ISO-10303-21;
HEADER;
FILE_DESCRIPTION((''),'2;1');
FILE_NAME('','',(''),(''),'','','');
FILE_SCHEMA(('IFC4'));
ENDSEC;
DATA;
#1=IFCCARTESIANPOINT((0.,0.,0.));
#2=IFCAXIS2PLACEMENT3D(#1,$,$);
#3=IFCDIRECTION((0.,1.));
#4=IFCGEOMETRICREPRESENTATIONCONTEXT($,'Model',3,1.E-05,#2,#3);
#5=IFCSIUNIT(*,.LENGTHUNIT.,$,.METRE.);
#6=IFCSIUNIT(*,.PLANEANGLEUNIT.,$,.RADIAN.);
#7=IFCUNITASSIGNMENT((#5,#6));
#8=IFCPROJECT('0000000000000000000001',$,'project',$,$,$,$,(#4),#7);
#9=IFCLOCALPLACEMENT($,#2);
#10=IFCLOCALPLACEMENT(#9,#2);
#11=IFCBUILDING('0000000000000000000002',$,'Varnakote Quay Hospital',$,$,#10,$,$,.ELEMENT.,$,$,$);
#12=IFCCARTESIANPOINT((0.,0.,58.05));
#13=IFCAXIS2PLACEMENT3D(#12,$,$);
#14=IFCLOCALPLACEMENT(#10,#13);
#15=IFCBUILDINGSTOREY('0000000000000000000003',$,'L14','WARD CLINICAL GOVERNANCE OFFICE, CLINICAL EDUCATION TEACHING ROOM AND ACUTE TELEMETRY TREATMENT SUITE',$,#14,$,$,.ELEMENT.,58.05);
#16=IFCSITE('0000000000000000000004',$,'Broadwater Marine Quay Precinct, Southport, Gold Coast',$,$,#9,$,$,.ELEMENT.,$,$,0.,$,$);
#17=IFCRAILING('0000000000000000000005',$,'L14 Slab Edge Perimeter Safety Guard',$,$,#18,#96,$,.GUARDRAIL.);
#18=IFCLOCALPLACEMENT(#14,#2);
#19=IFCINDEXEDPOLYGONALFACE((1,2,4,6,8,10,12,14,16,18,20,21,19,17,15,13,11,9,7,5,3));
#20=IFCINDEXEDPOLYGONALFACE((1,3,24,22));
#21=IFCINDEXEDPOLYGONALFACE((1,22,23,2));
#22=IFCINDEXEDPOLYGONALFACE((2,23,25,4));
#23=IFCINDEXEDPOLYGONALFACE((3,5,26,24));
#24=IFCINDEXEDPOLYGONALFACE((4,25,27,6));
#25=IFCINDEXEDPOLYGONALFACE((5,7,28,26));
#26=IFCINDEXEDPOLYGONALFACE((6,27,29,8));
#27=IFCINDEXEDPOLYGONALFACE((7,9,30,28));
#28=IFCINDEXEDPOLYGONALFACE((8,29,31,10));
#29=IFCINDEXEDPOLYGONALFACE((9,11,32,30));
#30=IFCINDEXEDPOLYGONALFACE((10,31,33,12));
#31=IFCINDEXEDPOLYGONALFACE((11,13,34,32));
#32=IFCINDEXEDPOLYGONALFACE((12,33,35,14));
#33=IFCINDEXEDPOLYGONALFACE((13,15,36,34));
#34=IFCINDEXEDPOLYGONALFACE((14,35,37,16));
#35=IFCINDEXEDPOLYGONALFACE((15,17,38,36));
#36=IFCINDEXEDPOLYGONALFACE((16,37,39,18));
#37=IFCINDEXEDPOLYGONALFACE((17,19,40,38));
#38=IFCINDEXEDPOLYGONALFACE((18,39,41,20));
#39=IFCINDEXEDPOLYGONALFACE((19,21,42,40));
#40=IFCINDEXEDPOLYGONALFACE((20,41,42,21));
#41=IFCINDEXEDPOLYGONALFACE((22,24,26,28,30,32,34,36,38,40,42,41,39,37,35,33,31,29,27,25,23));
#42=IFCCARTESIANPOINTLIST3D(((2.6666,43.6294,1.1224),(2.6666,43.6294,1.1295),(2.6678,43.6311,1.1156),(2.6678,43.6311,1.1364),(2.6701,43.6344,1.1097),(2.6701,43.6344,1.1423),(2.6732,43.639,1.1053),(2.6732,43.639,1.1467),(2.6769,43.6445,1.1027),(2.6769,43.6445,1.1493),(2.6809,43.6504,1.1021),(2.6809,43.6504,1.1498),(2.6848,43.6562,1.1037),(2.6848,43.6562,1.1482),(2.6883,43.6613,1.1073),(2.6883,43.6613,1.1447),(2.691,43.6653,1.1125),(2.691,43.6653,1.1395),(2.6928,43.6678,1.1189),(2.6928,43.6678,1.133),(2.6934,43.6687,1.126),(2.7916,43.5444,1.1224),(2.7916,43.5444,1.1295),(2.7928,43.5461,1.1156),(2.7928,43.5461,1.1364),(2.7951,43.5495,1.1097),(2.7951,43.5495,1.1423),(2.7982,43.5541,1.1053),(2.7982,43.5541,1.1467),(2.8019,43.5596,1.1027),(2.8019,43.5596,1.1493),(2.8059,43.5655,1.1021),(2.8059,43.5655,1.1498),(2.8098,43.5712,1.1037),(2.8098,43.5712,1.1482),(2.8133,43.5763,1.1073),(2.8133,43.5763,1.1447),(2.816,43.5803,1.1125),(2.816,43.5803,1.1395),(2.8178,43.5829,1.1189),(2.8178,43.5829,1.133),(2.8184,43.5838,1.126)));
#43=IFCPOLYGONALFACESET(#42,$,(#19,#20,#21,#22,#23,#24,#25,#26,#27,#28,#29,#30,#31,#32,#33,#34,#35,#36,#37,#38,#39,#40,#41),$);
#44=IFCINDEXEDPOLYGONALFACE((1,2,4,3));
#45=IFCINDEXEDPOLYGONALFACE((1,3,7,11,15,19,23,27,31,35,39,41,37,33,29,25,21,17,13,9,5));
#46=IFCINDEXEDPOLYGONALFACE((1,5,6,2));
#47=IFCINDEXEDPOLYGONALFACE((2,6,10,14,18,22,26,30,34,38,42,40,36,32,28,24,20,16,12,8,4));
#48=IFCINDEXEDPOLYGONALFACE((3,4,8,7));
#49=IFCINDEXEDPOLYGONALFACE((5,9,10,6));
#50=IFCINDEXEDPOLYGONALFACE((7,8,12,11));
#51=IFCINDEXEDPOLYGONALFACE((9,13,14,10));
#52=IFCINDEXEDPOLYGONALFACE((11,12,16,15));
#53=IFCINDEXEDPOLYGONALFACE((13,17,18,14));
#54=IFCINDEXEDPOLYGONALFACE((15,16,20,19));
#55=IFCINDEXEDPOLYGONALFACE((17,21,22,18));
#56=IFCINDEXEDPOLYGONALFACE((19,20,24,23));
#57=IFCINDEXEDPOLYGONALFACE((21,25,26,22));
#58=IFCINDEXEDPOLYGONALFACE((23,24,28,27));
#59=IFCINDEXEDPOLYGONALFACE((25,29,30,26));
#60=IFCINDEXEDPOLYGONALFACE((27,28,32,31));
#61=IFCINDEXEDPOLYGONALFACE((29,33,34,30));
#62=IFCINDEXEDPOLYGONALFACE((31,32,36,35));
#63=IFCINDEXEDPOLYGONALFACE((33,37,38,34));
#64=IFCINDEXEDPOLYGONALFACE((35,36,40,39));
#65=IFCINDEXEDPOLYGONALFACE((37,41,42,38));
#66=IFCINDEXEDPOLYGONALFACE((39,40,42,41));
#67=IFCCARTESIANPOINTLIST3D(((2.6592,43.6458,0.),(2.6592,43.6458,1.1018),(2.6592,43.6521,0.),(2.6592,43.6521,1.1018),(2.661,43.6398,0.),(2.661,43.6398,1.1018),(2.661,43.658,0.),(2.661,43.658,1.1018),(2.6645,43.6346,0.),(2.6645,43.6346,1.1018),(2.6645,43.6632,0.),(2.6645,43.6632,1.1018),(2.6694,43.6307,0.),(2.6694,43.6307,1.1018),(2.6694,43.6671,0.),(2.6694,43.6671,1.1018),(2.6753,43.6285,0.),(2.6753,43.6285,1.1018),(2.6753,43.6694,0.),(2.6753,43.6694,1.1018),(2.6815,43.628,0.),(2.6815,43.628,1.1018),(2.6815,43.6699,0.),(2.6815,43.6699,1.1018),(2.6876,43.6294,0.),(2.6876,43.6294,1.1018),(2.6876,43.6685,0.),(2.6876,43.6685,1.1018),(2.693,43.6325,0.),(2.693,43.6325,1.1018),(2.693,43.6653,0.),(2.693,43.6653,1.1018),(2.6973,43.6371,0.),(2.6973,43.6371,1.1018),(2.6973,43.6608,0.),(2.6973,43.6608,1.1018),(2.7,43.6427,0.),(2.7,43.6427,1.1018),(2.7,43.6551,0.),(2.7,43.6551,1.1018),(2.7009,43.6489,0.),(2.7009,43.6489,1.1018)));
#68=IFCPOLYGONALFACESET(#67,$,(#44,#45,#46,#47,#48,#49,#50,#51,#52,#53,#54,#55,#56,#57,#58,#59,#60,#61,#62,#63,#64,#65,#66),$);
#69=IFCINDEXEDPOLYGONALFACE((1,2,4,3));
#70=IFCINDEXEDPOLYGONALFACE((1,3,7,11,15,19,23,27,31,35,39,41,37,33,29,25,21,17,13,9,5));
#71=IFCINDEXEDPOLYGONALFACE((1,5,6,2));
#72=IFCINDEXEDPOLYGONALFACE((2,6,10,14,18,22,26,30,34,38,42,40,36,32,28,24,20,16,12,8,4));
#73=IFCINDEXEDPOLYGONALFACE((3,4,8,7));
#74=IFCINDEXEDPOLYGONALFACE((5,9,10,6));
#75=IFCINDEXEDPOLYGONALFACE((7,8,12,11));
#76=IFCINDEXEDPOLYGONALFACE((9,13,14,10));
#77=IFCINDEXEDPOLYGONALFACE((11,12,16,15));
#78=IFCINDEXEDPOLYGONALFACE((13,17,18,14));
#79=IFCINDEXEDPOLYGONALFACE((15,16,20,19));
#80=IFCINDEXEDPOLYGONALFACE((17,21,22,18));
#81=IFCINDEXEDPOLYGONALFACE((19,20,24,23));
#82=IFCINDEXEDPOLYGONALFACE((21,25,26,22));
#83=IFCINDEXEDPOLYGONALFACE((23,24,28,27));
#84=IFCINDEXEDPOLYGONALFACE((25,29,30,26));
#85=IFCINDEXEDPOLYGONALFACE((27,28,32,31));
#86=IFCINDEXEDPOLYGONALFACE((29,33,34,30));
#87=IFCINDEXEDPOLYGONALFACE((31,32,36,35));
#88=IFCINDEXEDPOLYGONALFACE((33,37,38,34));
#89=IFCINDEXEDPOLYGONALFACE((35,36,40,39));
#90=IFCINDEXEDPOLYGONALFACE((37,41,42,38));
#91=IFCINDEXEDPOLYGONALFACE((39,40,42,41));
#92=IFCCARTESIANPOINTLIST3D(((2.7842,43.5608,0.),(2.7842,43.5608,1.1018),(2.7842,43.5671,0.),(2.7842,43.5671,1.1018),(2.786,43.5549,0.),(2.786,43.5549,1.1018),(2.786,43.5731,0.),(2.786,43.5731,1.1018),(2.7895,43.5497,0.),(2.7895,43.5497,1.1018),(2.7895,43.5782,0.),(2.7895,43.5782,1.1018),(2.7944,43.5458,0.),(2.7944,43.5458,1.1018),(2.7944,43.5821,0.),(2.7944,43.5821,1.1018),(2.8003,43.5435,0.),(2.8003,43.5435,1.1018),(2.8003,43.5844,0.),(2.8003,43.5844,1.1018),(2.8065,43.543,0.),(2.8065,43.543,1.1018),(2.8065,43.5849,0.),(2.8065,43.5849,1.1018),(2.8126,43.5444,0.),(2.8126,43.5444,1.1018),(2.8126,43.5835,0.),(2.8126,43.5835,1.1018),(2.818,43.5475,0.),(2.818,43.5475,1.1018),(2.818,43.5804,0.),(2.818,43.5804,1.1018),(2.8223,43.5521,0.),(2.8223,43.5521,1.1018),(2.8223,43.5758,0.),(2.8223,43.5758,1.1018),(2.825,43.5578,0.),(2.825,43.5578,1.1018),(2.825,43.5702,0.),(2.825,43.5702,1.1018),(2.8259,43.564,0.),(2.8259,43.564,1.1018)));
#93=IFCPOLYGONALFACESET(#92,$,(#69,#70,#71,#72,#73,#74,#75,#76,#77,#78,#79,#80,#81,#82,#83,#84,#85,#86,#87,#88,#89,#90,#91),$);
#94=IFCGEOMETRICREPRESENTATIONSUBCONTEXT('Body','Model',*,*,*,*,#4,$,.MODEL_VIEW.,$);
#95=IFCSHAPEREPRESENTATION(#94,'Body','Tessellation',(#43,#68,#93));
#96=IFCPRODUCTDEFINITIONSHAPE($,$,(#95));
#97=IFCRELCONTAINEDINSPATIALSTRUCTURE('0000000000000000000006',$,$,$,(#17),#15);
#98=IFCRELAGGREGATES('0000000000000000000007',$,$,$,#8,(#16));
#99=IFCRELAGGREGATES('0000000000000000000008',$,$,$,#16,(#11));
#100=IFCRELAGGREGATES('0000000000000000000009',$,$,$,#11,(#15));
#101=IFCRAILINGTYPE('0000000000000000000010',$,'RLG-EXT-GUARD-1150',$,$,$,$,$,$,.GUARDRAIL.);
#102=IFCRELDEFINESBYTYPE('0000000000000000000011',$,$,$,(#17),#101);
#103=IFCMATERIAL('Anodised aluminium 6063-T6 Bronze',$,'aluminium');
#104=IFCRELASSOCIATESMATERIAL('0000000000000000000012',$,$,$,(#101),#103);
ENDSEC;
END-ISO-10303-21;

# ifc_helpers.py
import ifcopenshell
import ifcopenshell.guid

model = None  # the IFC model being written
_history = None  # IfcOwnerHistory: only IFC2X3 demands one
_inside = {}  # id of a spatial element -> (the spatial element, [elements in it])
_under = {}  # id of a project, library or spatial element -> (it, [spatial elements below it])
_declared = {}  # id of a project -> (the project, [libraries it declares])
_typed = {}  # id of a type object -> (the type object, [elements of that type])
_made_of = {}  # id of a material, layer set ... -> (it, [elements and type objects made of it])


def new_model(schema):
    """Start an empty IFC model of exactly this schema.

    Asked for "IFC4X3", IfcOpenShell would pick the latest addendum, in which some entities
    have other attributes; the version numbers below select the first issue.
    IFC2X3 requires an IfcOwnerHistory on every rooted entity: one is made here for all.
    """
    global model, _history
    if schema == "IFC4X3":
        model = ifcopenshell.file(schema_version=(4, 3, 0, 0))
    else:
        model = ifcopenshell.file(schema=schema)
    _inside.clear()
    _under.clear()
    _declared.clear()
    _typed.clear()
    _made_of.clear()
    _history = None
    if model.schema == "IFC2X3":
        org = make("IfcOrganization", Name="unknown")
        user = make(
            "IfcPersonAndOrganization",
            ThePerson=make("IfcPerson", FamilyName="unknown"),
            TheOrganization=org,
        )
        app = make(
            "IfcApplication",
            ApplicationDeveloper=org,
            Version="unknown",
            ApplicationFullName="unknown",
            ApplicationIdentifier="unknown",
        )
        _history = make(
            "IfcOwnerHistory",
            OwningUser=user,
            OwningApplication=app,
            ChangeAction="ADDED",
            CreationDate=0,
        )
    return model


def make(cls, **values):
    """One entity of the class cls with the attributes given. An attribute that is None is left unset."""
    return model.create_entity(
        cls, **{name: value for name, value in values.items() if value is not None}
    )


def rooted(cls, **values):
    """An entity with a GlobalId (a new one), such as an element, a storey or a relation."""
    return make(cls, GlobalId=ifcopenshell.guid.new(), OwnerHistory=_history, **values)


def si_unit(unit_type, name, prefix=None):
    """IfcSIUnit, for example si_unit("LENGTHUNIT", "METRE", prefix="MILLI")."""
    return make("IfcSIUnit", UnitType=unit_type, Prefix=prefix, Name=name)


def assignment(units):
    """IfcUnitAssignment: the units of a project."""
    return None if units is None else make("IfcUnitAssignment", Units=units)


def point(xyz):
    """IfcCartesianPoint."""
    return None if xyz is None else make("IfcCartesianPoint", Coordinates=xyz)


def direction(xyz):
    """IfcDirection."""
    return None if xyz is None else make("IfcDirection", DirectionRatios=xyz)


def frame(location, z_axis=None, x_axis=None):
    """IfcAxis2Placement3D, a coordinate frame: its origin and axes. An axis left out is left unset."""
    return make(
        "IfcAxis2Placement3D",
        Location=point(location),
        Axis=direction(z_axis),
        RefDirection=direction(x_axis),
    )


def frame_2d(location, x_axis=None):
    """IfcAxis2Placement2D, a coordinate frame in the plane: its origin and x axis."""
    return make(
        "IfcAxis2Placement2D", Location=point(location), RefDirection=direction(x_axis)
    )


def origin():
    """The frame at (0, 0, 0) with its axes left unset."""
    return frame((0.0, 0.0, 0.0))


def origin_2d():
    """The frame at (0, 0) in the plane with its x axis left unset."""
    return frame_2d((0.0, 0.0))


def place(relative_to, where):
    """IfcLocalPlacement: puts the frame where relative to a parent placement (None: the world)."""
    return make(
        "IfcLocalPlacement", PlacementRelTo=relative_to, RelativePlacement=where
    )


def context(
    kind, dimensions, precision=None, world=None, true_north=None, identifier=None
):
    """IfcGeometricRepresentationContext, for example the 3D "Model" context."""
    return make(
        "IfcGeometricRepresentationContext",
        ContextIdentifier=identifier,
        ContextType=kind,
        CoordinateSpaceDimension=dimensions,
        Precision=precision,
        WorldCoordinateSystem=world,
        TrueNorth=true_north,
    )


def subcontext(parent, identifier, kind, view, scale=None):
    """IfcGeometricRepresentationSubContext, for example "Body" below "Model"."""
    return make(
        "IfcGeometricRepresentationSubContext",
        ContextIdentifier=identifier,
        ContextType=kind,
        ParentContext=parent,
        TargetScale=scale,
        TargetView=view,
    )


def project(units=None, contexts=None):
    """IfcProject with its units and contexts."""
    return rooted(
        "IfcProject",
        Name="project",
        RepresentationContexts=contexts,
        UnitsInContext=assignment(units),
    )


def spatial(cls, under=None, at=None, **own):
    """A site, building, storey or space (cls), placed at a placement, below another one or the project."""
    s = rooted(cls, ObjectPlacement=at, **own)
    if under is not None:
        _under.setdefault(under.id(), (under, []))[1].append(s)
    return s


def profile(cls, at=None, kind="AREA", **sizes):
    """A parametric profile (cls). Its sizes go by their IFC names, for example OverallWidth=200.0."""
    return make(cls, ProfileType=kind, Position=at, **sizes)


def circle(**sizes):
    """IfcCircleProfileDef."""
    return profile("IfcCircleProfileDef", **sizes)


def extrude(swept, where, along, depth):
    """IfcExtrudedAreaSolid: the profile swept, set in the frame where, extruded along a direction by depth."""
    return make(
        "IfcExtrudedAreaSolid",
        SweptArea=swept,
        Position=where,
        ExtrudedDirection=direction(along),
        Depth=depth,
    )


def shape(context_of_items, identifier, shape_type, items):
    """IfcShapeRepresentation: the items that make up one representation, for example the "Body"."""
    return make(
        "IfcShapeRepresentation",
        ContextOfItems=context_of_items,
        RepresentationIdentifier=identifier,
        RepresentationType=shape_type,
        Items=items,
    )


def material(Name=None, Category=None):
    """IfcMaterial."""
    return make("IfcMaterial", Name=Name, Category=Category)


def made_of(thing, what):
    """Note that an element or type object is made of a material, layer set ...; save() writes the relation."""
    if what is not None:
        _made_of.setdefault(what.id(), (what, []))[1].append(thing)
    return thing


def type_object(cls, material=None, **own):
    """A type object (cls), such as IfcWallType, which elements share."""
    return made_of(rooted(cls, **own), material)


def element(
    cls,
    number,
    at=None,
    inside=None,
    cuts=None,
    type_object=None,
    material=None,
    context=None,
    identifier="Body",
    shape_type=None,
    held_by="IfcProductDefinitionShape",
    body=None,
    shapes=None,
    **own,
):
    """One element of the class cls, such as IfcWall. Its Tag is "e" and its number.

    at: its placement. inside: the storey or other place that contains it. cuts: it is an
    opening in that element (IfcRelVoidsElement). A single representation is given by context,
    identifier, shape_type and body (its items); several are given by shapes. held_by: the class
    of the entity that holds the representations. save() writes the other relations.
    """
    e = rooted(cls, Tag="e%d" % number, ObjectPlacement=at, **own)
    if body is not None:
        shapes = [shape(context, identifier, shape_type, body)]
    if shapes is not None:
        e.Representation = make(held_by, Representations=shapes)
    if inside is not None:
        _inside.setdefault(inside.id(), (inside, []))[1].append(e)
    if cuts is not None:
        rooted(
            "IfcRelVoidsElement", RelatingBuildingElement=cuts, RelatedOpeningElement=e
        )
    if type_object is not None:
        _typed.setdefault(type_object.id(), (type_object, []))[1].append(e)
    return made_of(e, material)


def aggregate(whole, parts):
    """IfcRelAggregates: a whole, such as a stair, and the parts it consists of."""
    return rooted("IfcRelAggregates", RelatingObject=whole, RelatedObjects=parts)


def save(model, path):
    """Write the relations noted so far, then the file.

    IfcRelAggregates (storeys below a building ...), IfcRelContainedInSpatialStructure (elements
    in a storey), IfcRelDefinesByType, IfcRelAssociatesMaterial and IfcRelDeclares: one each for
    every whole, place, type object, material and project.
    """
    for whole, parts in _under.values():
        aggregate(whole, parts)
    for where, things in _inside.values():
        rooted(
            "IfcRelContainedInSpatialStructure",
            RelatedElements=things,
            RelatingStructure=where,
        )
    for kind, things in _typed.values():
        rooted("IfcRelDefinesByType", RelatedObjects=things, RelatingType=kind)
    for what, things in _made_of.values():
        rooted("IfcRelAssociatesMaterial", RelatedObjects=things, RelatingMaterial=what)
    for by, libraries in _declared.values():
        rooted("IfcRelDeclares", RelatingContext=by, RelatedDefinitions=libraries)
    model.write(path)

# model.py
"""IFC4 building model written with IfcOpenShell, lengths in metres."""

from ifc_helpers import new_model, si_unit, direction, frame, origin, origin_2d, place, context, subcontext, project, spatial, circle, extrude, material, type_object, element, save


model = new_model("IFC4")

# Units and contexts
model_context = context("Model", 3, precision=1e-05, world=origin(), true_north=direction((0.0, 1.0)))
body_context = subcontext(model_context, "Body", "Model", "MODEL_VIEW")
ifc_project = project(units=[si_unit("LENGTHUNIT", "METRE"), si_unit("PLANEANGLEUNIT", "RADIAN")], contexts=[model_context])

# Site, building, storey
site_placement = place(None, origin())
site = spatial("IfcSite", under=ifc_project, at=site_placement, Name="Broadwater Marine Quay Precinct, Southport, Gold Coast", CompositionType="ELEMENT", RefElevation=0.0)
building_placement = place(site_placement, origin())
building = spatial("IfcBuilding", under=site, at=building_placement, Name="Varnakote Quay Hospital", CompositionType="ELEMENT")
storey_placement = place(building_placement, frame((0.0, 0.0, 58.05)))
storey = spatial("IfcBuildingStorey", under=building, at=storey_placement, Name="L14", Description="WARD CLINICAL GOVERNANCE OFFICE, CLINICAL EDUCATION TEACHING ROOM AND ACUTE TELEMETRY TREATMENT SUITE", CompositionType="ELEMENT", Elevation=58.05)

# Railing
ifc_material_1 = material(Name="Anodised aluminium 6063-T6 Bronze", Category="aluminium")
railing_type = type_object("IfcRailingType", Name="RLG-EXT-GUARD-1150", PredefinedType="GUARDRAIL", material=ifc_material_1)
railing_1_placement = place(storey_placement, frame((2.6799, 43.6489, 0.0)))
element("IfcRailing", 1, at=railing_1_placement, inside=storey, type_object=railing_type, Name="L14 Slab Edge Perimeter Safety Guard", PredefinedType="GUARDRAIL", context=body_context, shape_type="SweptSolid", body=[
    extrude(circle(Radius=0.0239, at=origin_2d()), frame((0.0, 0.0, 1.126), z_axis=(0.827047, -0.562133, 0.0), x_axis=(0.562133, 0.827047, 0.0)), (0.0, 0.0, 1.0), 0.1511),
    extrude(circle(Radius=0.021, at=origin_2d()), origin(), (0.0, 0.0, 1.0), 1.1018),
    extrude(circle(Radius=0.021, at=origin_2d()), frame((0.125, -0.085, 0.0)), (0.0, 0.0, 1.0), 1.1018),
])

save(model, "model.ifc")
